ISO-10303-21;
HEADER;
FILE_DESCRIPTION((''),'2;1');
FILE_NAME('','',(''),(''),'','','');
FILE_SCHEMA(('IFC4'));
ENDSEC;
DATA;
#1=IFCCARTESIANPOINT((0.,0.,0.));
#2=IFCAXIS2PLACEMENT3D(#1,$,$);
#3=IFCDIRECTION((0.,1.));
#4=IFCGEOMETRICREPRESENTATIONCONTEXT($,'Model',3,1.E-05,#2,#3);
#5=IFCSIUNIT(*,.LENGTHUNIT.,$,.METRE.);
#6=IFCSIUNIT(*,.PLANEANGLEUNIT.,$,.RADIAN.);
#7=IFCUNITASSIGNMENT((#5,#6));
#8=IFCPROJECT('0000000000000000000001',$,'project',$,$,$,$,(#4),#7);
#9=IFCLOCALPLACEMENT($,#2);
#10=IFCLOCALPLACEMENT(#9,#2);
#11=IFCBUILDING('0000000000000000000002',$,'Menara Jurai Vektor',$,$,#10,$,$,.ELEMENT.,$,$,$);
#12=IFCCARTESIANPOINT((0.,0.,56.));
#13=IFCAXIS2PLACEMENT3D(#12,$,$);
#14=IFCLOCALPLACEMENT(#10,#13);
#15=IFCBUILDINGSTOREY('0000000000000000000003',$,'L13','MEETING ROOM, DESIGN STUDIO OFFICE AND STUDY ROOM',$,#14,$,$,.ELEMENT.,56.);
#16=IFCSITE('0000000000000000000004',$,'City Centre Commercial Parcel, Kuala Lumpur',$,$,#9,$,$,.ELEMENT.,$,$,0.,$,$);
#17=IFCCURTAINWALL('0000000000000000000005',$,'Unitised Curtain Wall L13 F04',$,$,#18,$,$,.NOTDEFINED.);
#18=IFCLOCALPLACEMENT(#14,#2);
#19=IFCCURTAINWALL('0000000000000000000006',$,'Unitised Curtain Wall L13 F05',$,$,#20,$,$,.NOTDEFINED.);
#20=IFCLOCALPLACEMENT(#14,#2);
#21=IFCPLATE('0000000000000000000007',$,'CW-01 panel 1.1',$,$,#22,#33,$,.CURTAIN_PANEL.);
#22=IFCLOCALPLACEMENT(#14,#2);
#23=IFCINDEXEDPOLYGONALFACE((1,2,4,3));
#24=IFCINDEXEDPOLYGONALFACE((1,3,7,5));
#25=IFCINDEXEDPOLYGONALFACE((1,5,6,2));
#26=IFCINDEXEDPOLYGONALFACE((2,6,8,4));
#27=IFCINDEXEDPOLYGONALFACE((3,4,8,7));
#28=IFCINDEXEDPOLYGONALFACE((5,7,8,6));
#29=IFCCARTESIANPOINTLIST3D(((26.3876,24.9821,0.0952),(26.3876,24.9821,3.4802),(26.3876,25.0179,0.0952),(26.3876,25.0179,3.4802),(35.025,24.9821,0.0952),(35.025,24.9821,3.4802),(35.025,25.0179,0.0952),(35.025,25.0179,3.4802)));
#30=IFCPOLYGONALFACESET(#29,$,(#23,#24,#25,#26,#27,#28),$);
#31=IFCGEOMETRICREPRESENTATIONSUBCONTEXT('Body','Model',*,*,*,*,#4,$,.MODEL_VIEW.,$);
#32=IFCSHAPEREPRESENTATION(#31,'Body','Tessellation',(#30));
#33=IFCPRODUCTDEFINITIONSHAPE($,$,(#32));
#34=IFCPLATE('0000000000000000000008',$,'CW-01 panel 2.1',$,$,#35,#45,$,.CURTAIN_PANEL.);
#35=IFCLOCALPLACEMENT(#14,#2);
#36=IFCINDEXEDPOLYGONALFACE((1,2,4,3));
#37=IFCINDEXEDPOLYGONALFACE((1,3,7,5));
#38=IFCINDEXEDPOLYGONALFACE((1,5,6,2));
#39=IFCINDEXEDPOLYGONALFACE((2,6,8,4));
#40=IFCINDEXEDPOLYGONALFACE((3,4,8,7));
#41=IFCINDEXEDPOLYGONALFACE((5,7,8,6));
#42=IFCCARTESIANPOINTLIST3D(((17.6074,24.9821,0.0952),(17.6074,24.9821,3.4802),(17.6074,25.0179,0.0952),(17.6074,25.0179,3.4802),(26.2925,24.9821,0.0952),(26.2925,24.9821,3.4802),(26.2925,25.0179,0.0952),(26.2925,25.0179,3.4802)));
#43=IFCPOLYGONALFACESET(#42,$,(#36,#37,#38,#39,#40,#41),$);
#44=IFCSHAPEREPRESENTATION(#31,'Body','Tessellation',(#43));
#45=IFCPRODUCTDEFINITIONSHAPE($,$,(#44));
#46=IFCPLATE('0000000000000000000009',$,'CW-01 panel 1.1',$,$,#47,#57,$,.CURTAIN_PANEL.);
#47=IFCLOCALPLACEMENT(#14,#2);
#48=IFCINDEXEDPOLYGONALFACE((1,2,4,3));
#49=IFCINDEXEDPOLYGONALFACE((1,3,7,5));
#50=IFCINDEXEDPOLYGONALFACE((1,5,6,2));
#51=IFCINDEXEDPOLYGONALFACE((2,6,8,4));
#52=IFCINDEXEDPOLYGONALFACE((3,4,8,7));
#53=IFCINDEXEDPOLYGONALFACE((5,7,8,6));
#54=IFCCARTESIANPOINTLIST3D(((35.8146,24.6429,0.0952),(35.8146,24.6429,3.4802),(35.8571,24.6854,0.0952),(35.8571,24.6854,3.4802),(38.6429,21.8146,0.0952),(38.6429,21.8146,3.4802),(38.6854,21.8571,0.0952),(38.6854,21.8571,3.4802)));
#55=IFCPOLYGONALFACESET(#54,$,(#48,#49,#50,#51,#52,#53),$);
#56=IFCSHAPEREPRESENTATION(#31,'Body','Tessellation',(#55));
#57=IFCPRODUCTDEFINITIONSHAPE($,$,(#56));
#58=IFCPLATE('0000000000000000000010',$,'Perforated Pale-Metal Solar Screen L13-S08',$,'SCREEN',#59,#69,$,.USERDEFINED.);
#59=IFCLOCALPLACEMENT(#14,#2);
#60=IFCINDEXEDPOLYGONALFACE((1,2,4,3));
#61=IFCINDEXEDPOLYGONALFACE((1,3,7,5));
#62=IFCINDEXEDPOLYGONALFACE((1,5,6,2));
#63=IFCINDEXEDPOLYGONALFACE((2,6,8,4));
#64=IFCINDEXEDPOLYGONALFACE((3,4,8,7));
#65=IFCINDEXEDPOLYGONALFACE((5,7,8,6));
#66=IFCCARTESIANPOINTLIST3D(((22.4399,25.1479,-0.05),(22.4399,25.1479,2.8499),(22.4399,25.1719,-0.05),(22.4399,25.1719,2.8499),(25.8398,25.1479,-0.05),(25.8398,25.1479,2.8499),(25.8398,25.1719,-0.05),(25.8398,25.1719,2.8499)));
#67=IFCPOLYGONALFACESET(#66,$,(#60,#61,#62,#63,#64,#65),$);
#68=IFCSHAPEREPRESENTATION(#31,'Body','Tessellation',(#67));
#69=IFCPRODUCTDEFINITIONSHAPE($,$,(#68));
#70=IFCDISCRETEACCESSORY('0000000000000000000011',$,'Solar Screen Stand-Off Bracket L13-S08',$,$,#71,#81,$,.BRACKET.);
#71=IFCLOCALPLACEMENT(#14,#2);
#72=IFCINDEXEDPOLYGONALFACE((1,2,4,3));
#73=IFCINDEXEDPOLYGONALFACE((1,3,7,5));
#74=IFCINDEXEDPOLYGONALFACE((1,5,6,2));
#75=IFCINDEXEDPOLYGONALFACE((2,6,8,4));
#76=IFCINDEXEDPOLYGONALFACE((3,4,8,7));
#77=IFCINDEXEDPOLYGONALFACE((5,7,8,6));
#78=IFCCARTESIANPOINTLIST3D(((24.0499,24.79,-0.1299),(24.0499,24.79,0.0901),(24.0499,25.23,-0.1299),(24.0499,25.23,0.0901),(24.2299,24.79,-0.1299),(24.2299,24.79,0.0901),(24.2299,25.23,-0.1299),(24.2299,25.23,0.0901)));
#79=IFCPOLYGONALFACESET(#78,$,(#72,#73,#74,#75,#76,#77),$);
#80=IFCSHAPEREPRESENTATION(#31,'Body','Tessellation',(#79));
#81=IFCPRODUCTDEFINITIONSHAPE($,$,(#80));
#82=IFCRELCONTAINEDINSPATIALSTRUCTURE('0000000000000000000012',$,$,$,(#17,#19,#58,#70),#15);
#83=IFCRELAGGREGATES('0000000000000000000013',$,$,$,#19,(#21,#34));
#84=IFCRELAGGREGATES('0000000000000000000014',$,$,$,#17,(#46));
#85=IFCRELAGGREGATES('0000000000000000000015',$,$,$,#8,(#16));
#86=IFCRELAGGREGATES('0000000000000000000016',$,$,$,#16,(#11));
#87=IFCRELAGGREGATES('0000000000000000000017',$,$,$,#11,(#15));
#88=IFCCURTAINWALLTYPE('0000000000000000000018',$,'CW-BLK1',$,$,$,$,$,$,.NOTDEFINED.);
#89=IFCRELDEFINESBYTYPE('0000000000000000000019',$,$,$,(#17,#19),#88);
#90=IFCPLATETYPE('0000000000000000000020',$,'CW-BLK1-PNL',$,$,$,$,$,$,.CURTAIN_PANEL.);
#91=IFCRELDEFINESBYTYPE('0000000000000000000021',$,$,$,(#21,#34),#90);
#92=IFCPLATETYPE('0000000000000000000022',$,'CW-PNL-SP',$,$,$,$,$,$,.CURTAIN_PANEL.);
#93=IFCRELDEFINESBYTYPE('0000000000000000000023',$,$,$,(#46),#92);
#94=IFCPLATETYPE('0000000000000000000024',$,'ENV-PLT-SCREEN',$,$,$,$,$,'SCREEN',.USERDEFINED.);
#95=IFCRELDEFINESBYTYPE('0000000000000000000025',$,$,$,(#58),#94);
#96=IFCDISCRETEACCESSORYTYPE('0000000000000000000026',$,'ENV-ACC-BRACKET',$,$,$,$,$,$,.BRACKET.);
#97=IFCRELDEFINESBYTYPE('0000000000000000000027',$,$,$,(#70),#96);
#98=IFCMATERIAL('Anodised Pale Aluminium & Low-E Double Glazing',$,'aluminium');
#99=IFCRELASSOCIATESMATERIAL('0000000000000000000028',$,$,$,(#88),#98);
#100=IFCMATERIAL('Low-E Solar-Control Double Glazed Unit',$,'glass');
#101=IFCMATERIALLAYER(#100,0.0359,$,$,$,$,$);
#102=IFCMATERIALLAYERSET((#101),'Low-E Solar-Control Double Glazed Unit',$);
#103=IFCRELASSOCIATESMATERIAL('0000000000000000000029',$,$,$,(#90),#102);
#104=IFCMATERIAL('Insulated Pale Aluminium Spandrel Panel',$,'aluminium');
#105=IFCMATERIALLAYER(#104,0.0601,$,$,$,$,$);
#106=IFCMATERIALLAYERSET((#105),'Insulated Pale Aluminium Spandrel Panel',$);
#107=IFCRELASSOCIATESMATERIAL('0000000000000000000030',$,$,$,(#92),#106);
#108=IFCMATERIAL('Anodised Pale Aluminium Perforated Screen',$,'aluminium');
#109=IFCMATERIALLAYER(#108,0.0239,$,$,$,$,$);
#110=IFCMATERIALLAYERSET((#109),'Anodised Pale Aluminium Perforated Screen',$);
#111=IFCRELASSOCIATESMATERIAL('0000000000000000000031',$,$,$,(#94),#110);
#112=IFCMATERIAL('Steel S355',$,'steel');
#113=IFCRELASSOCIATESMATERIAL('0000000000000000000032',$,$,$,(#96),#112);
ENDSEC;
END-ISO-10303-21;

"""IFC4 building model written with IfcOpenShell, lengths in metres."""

from ifc_helpers import new_model, si_unit, direction, frame, origin, origin_2d, place, context, subcontext, project, spatial, rectangle, extrude, material, layer, layer_set, type_object, element, aggregate, save


model = new_model("IFC4")

# Units and contexts
model_context = context("Model", 3, precision=1e-05, world=origin(), true_north=direction((0.0, 1.0)))
body_context = subcontext(model_context, "Body", "Model", "MODEL_VIEW")
ifc_project = project(units=[si_unit("LENGTHUNIT", "METRE"), si_unit("PLANEANGLEUNIT", "RADIAN")], contexts=[model_context])

# Site, building, storey
site_placement = place(None, origin())
site = spatial("IfcSite", under=ifc_project, at=site_placement, Name="City Centre Commercial Parcel, Kuala Lumpur", CompositionType="ELEMENT", RefElevation=0.0)
building_placement = place(site_placement, origin())
building = spatial("IfcBuilding", under=site, at=building_placement, Name="Menara Jurai Vektor", CompositionType="ELEMENT")
storey_placement = place(building_placement, frame((0.0, 0.0, 56.0)))
storey = spatial("IfcBuildingStorey", under=building, at=storey_placement, Name="L13", Description="MEETING ROOM, DESIGN STUDIO OFFICE AND STUDY ROOM", CompositionType="ELEMENT", Elevation=56.0)

# Curtain walls
ifc_material_1 = material(Name="Anodised Pale Aluminium & Low-E Double Glazing", Category="aluminium")
curtain_wall_type = type_object("IfcCurtainWallType", Name="CW-BLK1", PredefinedType="NOTDEFINED", material=ifc_material_1)
curtain_wall_1_placement = place(storey_placement, origin())
curtain_wall_1 = element("IfcCurtainWall", 1, at=curtain_wall_1_placement, inside=storey, type_object=curtain_wall_type, Name="Unitised Curtain Wall L13 F04", PredefinedType="NOTDEFINED")
curtain_wall_2_placement = place(storey_placement, origin())
curtain_wall_2 = element("IfcCurtainWall", 2, at=curtain_wall_2_placement, inside=storey, type_object=curtain_wall_type, Name="Unitised Curtain Wall L13 F05", PredefinedType="NOTDEFINED")

# Shared definitions
ifc_material_2 = material(Name="Steel S355", Category="steel")

# Plates
ifc_material_3 = material(Name="Low-E Solar-Control Double Glazed Unit", Category="glass")
ifc_layer_1 = layer(ifc_material_3, 0.0359)
ifc_layer_set_1 = layer_set([ifc_layer_1], Name="Low-E Solar-Control Double Glazed Unit")
plate_type_1 = type_object("IfcPlateType", Name="CW-BLK1-PNL", PredefinedType="CURTAIN_PANEL", material=ifc_layer_set_1)
plate_1_placement = place(storey_placement, frame((30.7063, 25.0, 0.0952), z_axis=(0.0, 0.0, 1.0), x_axis=(-1.0, 0.0, 0.0)))
plate_1 = element("IfcPlate", 3, at=plate_1_placement, type_object=plate_type_1, Name="CW-01 panel 1.1", PredefinedType="CURTAIN_PANEL", context=body_context, shape_type="SweptSolid", body=[
    extrude(rectangle(XDim=8.6375, YDim=0.0359, at=origin_2d()), origin(), (0.0, 0.0, 1.0), 3.385),
])
plate_2_placement = place(storey_placement, frame((21.95, 25.0, 0.0952), z_axis=(0.0, 0.0, 1.0), x_axis=(-1.0, 0.0, 0.0)))
plate_2 = element("IfcPlate", 4, at=plate_2_placement, type_object=plate_type_1, Name="CW-01 panel 2.1", PredefinedType="CURTAIN_PANEL", context=body_context, shape_type="SweptSolid", body=[
    extrude(rectangle(XDim=8.6851, YDim=0.0359, at=origin_2d()), origin(), (0.0, 0.0, 1.0), 3.385),
])
aggregate(curtain_wall_2, [plate_1, plate_2])
ifc_material_4 = material(Name="Insulated Pale Aluminium Spandrel Panel", Category="aluminium")
ifc_layer_2 = layer(ifc_material_4, 0.0601)
ifc_layer_set_2 = layer_set([ifc_layer_2], Name="Insulated Pale Aluminium Spandrel Panel")
plate_type_2 = type_object("IfcPlateType", Name="CW-PNL-SP", PredefinedType="CURTAIN_PANEL", material=ifc_layer_set_2)
plate_3_placement = place(storey_placement, frame((37.25, 23.25, 0.0952), z_axis=(0.0, 0.0, 1.0), x_axis=(-0.707107, 0.707107, 0.0)))
plate_3 = element("IfcPlate", 5, at=plate_3_placement, type_object=plate_type_2, Name="CW-01 panel 1.1", PredefinedType="CURTAIN_PANEL", context=body_context, shape_type="SweptSolid", body=[
    extrude(rectangle(XDim=3.9998, YDim=0.0601, at=origin_2d()), origin(), (0.0, 0.0, 1.0), 3.385),
])
aggregate(curtain_wall_1, [plate_3])
ifc_material_5 = material(Name="Anodised Pale Aluminium Perforated Screen", Category="aluminium")
ifc_layer_3 = layer(ifc_material_5, 0.0239)
ifc_layer_set_3 = layer_set([ifc_layer_3], Name="Anodised Pale Aluminium Perforated Screen")
plate_type_3 = type_object("IfcPlateType", Name="ENV-PLT-SCREEN", ElementType="SCREEN", PredefinedType="USERDEFINED", material=ifc_layer_set_3)
plate_4_placement = place(storey_placement, frame((24.1399, 25.1599, -0.05), z_axis=(0.0, 0.0, 1.0), x_axis=(-1.0, 0.0, 0.0)))
element("IfcPlate", 6, at=plate_4_placement, inside=storey, type_object=plate_type_3, Name="Perforated Pale-Metal Solar Screen L13-S08", ObjectType="SCREEN", PredefinedType="USERDEFINED", context=body_context, shape_type="SweptSolid", body=[
    extrude(rectangle(XDim=3.3999, YDim=0.0239, at=origin_2d()), origin(), (0.0, 0.0, 1.0), 2.8999),
])

# Discrete accessory
discrete_accessory_type = type_object("IfcDiscreteAccessoryType", Name="ENV-ACC-BRACKET", PredefinedType="BRACKET", material=ifc_material_2)
discrete_accessory_placement = place(storey_placement, frame((24.1399, 25.01, -0.1299), z_axis=(0.0, 0.0, 1.0), x_axis=(-1.0, 0.0, 0.0)))
element("IfcDiscreteAccessory", 7, at=discrete_accessory_placement, inside=storey, type_object=discrete_accessory_type, Name="Solar Screen Stand-Off Bracket L13-S08", PredefinedType="BRACKET", context=body_context, shape_type="SweptSolid", body=[
    extrude(rectangle(XDim=0.1799, YDim=0.4399, at=origin_2d()), origin(), (0.0, 0.0, 1.0), 0.22),
])

save(model, "model.ifc")
